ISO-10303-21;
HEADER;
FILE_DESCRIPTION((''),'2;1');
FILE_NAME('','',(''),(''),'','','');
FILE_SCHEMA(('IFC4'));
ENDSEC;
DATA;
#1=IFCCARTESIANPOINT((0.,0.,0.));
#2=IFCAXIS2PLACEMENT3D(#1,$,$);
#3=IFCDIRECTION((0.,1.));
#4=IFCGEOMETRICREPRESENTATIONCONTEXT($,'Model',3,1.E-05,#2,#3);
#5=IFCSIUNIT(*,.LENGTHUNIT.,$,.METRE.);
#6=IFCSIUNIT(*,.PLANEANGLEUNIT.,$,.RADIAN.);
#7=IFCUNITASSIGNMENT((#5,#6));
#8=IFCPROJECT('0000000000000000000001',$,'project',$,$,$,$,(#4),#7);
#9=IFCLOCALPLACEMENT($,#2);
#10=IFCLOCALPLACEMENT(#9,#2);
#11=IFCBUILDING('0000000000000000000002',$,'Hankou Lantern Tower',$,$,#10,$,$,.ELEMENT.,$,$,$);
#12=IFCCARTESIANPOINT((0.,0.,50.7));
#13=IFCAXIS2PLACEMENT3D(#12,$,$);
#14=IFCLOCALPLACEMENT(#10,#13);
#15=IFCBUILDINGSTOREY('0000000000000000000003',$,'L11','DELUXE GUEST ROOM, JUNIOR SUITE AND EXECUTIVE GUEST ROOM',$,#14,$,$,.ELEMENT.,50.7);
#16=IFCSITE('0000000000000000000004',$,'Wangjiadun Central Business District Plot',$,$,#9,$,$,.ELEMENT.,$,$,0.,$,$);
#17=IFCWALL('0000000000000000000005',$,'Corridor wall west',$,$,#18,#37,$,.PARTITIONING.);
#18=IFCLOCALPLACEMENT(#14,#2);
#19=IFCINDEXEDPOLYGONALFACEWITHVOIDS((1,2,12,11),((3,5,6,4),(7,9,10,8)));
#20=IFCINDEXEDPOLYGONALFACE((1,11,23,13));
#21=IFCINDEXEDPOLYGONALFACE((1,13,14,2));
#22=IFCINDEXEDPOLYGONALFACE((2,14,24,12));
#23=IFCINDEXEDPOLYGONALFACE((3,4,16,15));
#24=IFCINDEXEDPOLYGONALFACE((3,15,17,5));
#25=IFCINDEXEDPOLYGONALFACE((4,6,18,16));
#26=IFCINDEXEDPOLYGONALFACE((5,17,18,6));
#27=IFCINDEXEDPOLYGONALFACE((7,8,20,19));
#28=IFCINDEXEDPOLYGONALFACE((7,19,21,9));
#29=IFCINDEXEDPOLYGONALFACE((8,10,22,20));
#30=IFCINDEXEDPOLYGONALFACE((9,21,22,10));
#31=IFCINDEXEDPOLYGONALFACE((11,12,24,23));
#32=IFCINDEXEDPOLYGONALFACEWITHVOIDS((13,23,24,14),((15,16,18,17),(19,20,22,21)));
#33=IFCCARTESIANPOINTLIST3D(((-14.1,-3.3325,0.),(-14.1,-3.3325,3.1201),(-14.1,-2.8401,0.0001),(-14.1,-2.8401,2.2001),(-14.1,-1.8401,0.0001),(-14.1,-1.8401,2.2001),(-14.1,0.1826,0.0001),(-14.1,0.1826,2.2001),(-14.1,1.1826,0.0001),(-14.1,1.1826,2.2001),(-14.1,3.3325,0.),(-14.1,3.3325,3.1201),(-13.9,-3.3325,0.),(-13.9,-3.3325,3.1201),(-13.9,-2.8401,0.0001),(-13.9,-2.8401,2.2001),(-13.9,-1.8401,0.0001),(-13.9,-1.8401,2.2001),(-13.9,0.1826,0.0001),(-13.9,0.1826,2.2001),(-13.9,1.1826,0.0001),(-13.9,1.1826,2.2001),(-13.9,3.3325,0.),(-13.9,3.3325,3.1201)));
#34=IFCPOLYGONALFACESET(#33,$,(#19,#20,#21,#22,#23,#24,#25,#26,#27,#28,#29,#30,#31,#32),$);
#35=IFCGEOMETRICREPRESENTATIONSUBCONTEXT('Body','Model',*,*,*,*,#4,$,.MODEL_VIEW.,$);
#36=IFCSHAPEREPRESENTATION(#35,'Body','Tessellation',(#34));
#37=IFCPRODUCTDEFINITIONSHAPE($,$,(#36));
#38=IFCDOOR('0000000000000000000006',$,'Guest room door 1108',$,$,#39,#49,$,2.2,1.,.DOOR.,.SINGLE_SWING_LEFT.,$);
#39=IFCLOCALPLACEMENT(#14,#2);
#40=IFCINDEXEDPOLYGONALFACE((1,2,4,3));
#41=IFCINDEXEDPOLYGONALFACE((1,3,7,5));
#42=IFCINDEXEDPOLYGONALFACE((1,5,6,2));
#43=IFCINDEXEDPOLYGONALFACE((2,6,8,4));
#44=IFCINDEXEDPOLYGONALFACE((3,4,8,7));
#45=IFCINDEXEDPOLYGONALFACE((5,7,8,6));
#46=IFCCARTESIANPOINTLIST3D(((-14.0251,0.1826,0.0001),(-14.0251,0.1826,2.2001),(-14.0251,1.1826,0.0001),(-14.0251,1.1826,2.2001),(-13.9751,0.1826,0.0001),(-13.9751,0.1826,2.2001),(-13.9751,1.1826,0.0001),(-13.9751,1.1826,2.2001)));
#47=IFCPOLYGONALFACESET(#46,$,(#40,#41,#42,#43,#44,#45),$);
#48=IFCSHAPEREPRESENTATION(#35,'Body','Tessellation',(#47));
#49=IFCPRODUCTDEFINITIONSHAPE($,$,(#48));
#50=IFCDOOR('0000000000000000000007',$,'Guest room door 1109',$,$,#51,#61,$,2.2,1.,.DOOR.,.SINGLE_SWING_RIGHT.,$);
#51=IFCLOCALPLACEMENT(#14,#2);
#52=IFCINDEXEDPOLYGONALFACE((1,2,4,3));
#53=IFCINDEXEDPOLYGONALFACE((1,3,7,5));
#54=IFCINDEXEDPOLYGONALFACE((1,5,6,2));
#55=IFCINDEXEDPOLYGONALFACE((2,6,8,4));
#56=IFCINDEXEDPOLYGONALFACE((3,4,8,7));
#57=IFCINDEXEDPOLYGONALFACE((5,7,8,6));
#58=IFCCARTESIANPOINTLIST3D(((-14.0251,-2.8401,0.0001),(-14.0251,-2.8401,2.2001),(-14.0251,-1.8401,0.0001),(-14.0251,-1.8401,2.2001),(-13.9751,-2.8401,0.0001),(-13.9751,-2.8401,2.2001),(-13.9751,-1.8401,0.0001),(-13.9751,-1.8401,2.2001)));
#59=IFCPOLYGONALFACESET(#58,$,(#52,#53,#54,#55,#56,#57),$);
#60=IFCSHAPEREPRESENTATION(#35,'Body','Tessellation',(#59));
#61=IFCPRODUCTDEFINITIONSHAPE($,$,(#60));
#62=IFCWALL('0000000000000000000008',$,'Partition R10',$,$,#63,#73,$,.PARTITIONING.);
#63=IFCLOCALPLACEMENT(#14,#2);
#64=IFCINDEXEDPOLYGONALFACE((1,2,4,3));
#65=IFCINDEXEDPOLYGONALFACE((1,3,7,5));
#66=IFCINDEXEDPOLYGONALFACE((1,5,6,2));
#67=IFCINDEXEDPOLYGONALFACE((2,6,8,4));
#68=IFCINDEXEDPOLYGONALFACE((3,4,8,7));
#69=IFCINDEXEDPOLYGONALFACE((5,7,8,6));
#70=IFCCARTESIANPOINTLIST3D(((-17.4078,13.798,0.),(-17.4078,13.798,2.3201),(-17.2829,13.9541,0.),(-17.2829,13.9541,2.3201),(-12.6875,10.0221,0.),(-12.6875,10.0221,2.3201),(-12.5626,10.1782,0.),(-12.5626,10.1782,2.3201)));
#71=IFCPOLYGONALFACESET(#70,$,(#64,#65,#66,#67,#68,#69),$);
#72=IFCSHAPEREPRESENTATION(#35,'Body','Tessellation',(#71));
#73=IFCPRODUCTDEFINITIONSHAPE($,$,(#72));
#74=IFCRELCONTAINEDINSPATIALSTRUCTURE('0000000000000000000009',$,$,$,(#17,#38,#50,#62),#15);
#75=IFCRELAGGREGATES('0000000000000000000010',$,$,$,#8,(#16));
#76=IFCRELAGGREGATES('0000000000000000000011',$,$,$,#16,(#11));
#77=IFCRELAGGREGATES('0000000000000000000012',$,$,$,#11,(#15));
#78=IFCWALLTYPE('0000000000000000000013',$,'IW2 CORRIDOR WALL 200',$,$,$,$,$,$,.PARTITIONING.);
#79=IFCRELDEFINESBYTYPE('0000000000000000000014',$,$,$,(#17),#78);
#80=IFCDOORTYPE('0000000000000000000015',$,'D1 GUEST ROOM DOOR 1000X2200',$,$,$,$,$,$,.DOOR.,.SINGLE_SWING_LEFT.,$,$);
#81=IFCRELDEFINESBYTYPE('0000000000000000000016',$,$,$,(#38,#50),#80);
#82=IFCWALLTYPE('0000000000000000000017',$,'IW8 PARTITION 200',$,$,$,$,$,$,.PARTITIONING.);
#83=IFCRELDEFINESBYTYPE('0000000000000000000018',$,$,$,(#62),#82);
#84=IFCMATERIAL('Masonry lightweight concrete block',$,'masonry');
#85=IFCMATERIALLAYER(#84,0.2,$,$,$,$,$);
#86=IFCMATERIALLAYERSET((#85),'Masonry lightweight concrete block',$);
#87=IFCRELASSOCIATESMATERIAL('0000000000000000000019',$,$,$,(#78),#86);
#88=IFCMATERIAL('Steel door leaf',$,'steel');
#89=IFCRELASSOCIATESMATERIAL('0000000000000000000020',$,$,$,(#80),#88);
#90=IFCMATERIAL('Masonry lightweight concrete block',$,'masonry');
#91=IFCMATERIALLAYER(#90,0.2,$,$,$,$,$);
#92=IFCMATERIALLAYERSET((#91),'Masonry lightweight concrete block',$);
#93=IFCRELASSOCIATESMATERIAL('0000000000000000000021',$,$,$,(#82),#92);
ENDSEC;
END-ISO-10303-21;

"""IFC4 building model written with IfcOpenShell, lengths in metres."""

from ifc_helpers import new_model, si_unit, direction, frame, frame_2d, origin, place, context, subcontext, project, spatial, rectangle, extrude, material, layer, layer_set, type_object, element, fill, save


model = new_model("IFC4")

# Units and contexts
model_context = context("Model", 3, precision=1e-05, world=origin(), true_north=direction((0.0, 1.0)))
body_context = subcontext(model_context, "Body", "Model", "MODEL_VIEW")
ifc_project = project(units=[si_unit("LENGTHUNIT", "METRE"), si_unit("PLANEANGLEUNIT", "RADIAN")], contexts=[model_context])

# Site, building, storey
site_placement = place(None, origin())
site = spatial("IfcSite", under=ifc_project, at=site_placement, Name="Wangjiadun Central Business District Plot", CompositionType="ELEMENT", RefElevation=0.0)
building_placement = place(site_placement, origin())
building = spatial("IfcBuilding", under=site, at=building_placement, Name="Hankou Lantern Tower", CompositionType="ELEMENT")
storey_placement = place(building_placement, frame((0.0, 0.0, 50.7)))
storey = spatial("IfcBuildingStorey", under=building, at=storey_placement, Name="L11", Description="DELUXE GUEST ROOM, JUNIOR SUITE AND EXECUTIVE GUEST ROOM", CompositionType="ELEMENT", Elevation=50.7)

# Shared definitions
ifc_material_1 = material(Name="Masonry lightweight concrete block", Category="masonry")
ifc_layer_1 = layer(ifc_material_1, 0.2)
ifc_layer_set_1 = layer_set([ifc_layer_1], Name="Masonry lightweight concrete block")
wall_type_1 = type_object("IfcWallType", Name="IW2 CORRIDOR WALL 200", PredefinedType="PARTITIONING", material=ifc_layer_set_1)

# Wall, openings, doors
wall_1_placement = place(storey_placement, frame((-14.0, 3.3325, 0.0), z_axis=(0.0, 0.0, 1.0), x_axis=(0.0, -1.0, 0.0)))
wall_1 = element("IfcWall", 1, at=wall_1_placement, inside=storey, type_object=wall_type_1, Name="Corridor wall west", PredefinedType="PARTITIONING", context=body_context, shape_type="SweptSolid", body=[
    extrude(rectangle(XDim=6.665, YDim=0.2, at=frame_2d((3.3325, 0.0))), origin(), (0.0, 0.0, 1.0), 3.1201),
])
opening_1_placement = place(wall_1_placement, frame((2.1499, 0.0, 0.0)))
opening_1 = element("IfcOpeningElement", 2, at=opening_1_placement, cuts=wall_1, PredefinedType="OPENING", context=body_context, shape_type="SweptSolid", body=[
    extrude(rectangle(XDim=1.0, YDim=2.2, at=frame_2d((0.5, 1.1001))), frame((0.0, 0.1099, 0.0), z_axis=(0.0, -1.0, 0.0), x_axis=(1.0, 0.0, 0.0)), (0.0, 0.0, 1.0), 0.22),
])
opening_2_placement = place(wall_1_placement, frame((5.1726, 0.0, 0.0)))
opening_2 = element("IfcOpeningElement", 3, at=opening_2_placement, cuts=wall_1, PredefinedType="OPENING", context=body_context, shape_type="SweptSolid", body=[
    extrude(rectangle(XDim=1.0, YDim=2.2, at=frame_2d((0.5, 1.1001))), frame((0.0, 0.1099, 0.0), z_axis=(0.0, -1.0, 0.0), x_axis=(1.0, 0.0, 0.0)), (0.0, 0.0, 1.0), 0.22),
])
ifc_material_2 = material(Name="Steel door leaf", Category="steel")
door_type_1 = type_object("IfcDoorType", Name="D1 GUEST ROOM DOOR 1000X2200", OperationType="SINGLE_SWING_LEFT", PredefinedType="DOOR", material=ifc_material_2)
door_1_placement = place(opening_1_placement, origin())
door_1 = element("IfcDoor", 4, at=door_1_placement, inside=storey, type_object=door_type_1, Name="Guest room door 1108", OperationType="SINGLE_SWING_LEFT", OverallHeight=2.2, OverallWidth=1.0, PredefinedType="DOOR", context=body_context, shape_type="SweptSolid", body=[
    extrude(rectangle(XDim=1.0, YDim=2.2, at=frame_2d((0.5, 1.1001))), frame((0.0, 0.0249, 0.0), z_axis=(0.0, -1.0, 0.0), x_axis=(1.0, 0.0, 0.0)), (0.0, 0.0, 1.0), 0.05),
])
fill(opening_1, door_1)
door_2_placement = place(opening_2_placement, origin())
door_2 = element("IfcDoor", 5, at=door_2_placement, inside=storey, type_object=door_type_1, Name="Guest room door 1109", OperationType="SINGLE_SWING_RIGHT", OverallHeight=2.2, OverallWidth=1.0, PredefinedType="DOOR", context=body_context, shape_type="SweptSolid", body=[
    extrude(rectangle(XDim=1.0, YDim=2.2, at=frame_2d((0.5, 1.1001))), frame((0.0, 0.0249, 0.0), z_axis=(0.0, -1.0, 0.0), x_axis=(1.0, 0.0, 0.0)), (0.0, 0.0, 1.0), 0.05),
])
fill(opening_2, door_2)

# Wall
ifc_material_3 = material(Name="Masonry lightweight concrete block", Category="masonry")
ifc_layer_2 = layer(ifc_material_3, 0.2)
ifc_layer_set_2 = layer_set([ifc_layer_2], Name="Masonry lightweight concrete block")
wall_type_2 = type_object("IfcWallType", Name="IW8 PARTITION 200", PredefinedType="PARTITIONING", material=ifc_layer_set_2)
wall_2_placement = place(storey_placement, frame((-12.625, 10.1001, 0.0), z_axis=(0.0, 0.0, 1.0), x_axis=(-0.780892, 0.624665, 0.0)))
element("IfcWall", 6, at=wall_2_placement, inside=storey, type_object=wall_type_2, Name="Partition R10", PredefinedType="PARTITIONING", context=body_context, shape_type="SweptSolid", body=[
    extrude(rectangle(XDim=6.0447, YDim=0.2, at=frame_2d((3.0225, 0.0))), origin(), (0.0, 0.0, 1.0), 2.3201),
])

save(model, "model.ifc")
